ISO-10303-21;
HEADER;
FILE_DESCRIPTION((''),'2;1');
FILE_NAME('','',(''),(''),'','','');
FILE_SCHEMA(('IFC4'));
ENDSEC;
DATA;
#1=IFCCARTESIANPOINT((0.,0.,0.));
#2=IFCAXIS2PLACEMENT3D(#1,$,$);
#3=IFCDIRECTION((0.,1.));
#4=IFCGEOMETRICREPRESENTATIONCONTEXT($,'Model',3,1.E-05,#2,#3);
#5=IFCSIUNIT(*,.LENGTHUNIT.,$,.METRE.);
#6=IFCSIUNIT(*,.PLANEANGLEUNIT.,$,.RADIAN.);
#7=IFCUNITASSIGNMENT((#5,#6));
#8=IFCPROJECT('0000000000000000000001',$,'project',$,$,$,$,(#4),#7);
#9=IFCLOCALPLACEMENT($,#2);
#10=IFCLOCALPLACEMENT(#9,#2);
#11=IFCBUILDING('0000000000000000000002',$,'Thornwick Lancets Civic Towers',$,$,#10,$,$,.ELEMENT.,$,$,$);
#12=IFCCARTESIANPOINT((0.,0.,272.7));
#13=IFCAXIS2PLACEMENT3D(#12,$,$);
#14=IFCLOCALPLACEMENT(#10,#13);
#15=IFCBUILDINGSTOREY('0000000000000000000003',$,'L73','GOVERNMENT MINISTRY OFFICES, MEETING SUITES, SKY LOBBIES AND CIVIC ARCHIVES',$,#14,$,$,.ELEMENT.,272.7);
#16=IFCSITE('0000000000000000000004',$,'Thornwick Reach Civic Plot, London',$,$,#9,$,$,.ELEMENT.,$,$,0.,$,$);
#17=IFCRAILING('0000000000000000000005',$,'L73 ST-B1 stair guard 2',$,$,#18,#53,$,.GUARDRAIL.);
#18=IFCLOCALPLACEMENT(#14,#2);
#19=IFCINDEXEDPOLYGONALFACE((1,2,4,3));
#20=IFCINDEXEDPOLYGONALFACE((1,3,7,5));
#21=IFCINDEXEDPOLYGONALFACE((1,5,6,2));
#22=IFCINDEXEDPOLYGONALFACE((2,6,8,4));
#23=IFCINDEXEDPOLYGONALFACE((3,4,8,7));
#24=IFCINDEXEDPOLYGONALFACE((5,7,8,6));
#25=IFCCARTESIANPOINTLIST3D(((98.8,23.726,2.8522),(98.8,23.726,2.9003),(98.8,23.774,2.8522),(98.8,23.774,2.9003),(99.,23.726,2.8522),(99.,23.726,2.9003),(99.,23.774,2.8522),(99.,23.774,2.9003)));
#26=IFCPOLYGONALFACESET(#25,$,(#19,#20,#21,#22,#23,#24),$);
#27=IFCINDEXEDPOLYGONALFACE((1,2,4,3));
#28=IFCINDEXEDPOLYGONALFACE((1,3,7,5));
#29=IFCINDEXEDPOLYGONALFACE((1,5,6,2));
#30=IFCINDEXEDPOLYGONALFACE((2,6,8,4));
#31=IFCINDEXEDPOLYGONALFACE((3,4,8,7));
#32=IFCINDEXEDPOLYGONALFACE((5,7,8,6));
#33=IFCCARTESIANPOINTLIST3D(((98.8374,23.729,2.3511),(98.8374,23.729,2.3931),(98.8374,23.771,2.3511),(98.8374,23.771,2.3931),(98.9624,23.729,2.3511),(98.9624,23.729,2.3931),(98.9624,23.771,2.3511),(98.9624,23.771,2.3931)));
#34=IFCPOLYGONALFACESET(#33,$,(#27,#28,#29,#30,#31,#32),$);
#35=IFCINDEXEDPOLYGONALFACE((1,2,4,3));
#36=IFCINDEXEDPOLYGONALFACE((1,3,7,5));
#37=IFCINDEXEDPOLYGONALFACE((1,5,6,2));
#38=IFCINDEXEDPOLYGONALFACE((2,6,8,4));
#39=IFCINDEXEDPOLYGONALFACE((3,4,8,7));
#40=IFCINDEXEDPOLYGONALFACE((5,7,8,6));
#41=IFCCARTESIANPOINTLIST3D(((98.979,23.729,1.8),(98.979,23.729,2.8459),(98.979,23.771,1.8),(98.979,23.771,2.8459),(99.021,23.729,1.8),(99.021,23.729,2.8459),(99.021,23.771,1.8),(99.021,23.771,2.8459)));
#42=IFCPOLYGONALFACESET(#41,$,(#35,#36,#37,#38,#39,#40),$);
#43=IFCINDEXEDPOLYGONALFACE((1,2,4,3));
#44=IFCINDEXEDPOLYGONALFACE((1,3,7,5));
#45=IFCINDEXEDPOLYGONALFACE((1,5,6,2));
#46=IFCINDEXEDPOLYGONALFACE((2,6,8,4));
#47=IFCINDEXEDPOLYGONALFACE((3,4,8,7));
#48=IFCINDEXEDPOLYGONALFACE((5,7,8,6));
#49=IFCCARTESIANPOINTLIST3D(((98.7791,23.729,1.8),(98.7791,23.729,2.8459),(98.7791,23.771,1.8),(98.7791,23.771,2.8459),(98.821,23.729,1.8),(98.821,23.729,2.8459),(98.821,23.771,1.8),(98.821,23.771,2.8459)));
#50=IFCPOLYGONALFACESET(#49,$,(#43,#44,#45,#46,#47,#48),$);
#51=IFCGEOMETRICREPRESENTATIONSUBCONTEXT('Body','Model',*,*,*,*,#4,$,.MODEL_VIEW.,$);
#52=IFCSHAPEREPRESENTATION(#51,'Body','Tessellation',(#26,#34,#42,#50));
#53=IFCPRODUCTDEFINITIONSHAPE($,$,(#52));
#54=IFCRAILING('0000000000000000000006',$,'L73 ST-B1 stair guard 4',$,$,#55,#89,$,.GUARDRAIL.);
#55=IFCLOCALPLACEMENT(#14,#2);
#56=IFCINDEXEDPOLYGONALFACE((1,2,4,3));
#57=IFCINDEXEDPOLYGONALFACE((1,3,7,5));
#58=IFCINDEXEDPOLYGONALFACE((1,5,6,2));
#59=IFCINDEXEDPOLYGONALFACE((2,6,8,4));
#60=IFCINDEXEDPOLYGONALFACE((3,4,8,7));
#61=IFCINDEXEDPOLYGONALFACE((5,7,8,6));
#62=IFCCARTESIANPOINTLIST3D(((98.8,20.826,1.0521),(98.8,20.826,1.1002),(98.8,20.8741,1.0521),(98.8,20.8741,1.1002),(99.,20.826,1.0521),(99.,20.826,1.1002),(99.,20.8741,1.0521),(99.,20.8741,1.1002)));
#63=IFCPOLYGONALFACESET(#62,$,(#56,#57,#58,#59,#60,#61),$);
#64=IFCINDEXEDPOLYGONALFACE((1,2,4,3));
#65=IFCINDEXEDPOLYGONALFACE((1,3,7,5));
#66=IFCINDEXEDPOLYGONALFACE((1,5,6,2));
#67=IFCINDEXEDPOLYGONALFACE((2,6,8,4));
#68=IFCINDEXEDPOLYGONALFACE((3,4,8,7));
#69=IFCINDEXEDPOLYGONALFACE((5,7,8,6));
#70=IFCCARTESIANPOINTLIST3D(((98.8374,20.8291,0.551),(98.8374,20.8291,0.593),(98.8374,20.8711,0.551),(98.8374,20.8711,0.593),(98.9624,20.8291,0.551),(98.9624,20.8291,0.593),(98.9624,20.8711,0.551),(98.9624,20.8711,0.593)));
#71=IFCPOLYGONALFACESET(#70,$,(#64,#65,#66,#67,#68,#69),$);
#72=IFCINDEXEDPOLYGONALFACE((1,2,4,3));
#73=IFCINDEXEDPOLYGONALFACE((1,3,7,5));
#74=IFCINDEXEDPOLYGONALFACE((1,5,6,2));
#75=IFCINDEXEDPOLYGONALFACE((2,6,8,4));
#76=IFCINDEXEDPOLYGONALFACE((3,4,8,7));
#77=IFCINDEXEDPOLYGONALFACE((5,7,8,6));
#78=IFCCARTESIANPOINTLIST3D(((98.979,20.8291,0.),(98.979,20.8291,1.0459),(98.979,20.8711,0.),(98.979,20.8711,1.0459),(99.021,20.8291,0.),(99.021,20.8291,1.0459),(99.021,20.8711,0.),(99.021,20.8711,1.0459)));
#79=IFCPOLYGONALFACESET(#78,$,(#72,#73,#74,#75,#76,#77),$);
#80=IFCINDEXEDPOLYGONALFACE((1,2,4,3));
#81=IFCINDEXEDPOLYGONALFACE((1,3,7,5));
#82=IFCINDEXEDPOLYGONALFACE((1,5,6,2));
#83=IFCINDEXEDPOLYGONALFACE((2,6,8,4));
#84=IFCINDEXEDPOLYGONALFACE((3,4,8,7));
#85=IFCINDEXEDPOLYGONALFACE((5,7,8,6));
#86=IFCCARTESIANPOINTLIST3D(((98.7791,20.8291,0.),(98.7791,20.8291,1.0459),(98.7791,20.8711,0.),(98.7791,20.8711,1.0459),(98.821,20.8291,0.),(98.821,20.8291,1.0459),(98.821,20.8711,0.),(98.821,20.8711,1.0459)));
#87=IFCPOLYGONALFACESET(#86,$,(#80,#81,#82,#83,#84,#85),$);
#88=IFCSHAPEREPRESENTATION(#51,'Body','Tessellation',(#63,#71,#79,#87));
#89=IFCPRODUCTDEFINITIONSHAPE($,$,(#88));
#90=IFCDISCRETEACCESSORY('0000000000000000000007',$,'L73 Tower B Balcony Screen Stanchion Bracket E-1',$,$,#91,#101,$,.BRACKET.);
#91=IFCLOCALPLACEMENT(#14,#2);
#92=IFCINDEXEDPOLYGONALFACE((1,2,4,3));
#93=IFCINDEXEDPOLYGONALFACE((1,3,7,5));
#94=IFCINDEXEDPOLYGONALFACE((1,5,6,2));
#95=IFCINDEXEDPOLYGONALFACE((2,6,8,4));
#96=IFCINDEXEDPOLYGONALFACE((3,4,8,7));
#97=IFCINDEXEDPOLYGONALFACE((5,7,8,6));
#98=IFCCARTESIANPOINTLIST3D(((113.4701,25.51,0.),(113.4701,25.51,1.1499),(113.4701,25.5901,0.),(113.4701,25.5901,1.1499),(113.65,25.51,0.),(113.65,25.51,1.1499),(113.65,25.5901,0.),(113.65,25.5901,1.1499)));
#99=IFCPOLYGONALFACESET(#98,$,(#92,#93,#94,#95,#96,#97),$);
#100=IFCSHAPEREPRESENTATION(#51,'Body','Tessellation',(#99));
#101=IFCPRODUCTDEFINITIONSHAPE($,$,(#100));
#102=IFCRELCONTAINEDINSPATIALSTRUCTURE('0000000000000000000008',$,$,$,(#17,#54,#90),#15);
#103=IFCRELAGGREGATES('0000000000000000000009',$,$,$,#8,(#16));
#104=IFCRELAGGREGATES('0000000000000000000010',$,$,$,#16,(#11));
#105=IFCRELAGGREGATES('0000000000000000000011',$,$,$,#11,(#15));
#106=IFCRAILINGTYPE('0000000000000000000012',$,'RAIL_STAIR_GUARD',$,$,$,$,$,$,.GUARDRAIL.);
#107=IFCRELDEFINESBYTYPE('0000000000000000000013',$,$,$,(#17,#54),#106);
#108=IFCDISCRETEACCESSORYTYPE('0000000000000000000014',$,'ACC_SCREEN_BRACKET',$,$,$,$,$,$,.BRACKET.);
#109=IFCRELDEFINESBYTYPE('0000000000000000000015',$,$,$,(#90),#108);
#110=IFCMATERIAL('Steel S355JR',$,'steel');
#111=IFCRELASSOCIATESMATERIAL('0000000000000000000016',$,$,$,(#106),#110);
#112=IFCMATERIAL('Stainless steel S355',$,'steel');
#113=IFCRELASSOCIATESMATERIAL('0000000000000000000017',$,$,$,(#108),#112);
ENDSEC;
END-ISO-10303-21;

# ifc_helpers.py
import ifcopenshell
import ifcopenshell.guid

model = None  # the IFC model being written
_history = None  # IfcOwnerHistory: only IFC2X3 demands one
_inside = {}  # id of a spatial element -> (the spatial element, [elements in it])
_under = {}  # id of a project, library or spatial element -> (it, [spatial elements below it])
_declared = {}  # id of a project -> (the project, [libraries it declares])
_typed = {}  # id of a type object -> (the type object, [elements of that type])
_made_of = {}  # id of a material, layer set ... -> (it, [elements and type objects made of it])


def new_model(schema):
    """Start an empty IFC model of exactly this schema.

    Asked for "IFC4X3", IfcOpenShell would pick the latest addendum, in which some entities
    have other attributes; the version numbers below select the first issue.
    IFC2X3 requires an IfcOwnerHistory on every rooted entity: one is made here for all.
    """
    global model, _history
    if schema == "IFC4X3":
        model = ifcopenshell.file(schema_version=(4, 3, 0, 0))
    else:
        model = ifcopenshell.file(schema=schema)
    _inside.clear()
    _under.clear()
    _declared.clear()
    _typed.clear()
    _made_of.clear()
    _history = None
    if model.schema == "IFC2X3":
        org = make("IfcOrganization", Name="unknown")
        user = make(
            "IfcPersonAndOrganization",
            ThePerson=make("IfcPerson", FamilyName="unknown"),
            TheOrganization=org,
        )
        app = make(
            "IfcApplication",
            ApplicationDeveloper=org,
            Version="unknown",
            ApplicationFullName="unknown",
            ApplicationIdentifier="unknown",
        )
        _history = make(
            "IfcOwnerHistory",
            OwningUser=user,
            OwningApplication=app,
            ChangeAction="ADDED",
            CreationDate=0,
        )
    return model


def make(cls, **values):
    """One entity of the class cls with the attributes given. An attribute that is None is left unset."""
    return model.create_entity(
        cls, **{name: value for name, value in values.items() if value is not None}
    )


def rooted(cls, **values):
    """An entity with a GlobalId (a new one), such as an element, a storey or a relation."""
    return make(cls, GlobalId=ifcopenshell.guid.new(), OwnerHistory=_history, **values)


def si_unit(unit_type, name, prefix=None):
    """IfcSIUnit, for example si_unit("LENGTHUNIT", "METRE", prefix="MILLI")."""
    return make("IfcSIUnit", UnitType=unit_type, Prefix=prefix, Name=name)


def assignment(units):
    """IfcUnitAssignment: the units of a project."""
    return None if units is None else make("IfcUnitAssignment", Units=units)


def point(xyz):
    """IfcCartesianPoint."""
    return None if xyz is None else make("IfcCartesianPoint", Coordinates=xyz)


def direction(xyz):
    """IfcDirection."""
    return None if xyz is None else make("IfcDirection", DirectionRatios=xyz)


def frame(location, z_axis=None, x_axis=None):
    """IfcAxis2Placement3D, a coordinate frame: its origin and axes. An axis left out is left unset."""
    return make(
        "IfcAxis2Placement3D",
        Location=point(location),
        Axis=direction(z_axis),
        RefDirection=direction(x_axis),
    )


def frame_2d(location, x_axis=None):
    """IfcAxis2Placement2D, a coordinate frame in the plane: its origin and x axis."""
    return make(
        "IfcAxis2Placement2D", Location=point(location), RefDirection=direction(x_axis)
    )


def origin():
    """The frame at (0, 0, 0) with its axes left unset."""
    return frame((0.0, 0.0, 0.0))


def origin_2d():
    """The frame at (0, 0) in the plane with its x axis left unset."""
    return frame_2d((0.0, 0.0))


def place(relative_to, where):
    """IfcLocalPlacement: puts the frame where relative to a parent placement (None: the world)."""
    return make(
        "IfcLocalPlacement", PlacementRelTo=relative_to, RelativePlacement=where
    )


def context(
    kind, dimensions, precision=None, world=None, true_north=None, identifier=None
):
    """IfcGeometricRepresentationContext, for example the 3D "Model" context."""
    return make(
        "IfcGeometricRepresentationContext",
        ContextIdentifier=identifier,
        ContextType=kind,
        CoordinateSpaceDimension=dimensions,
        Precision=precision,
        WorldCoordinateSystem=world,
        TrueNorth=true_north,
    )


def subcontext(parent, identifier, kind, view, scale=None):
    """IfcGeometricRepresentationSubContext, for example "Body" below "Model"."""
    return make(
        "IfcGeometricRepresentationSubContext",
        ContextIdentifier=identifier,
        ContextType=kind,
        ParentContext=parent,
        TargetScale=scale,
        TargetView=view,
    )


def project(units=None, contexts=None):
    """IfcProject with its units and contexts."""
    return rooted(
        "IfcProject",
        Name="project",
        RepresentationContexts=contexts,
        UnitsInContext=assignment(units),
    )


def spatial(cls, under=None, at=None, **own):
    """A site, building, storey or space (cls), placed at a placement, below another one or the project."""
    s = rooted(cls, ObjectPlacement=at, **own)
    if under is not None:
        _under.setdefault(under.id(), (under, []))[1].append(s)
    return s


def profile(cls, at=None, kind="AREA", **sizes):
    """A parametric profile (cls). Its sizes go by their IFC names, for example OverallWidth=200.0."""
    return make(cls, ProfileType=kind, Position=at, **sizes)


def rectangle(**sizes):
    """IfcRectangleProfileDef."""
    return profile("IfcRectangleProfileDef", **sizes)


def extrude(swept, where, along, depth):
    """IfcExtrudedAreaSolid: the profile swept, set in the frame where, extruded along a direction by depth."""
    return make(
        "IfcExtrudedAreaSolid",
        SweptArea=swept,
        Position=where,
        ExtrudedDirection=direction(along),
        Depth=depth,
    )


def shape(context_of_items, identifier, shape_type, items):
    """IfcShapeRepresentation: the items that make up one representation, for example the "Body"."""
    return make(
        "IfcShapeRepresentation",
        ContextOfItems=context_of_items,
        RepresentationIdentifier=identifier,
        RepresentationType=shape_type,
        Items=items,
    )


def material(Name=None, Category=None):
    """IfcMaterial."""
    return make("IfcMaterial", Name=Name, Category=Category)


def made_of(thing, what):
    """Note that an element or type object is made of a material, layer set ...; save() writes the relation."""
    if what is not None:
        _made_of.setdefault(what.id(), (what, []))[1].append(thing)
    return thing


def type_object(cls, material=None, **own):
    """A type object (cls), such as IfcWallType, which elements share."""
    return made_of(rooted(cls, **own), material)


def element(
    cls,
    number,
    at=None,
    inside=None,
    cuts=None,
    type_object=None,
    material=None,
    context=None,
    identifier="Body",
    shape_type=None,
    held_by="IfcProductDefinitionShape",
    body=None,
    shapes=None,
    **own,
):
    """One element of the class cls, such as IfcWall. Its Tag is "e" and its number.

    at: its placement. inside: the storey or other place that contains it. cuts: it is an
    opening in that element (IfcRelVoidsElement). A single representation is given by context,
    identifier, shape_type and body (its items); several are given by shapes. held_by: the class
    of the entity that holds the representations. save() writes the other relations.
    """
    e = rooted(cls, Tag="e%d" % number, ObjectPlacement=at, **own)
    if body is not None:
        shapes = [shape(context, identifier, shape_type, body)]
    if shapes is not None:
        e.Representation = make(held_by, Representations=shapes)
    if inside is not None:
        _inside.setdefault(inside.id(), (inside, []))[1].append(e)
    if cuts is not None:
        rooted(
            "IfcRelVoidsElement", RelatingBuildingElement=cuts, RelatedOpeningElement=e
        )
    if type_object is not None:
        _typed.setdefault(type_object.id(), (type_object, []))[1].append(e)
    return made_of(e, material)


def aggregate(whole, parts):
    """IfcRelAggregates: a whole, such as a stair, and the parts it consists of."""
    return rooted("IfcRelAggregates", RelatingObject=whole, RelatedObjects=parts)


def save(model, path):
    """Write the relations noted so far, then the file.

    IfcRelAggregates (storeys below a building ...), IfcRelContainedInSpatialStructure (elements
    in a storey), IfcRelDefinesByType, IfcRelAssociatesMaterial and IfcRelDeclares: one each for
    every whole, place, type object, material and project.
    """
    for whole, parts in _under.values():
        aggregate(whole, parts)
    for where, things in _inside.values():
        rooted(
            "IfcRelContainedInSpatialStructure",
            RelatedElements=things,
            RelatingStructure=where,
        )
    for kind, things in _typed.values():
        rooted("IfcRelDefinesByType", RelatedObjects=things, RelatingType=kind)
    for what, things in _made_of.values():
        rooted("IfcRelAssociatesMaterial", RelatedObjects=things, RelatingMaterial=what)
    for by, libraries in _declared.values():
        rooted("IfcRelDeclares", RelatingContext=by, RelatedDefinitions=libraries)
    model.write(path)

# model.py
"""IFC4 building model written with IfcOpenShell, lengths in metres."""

from ifc_helpers import new_model, si_unit, direction, frame, origin, origin_2d, place, context, subcontext, project, spatial, rectangle, extrude, material, type_object, element, save


model = new_model("IFC4")

# Units and contexts
model_context = context("Model", 3, precision=1e-05, world=origin(), true_north=direction((0.0, 1.0)))
body_context = subcontext(model_context, "Body", "Model", "MODEL_VIEW")
ifc_project = project(units=[si_unit("LENGTHUNIT", "METRE"), si_unit("PLANEANGLEUNIT", "RADIAN")], contexts=[model_context])

# Site, building, storey
site_placement = place(None, origin())
site = spatial("IfcSite", under=ifc_project, at=site_placement, Name="Thornwick Reach Civic Plot, London", CompositionType="ELEMENT", RefElevation=0.0)
building_placement = place(site_placement, origin())
building = spatial("IfcBuilding", under=site, at=building_placement, Name="Thornwick Lancets Civic Towers", CompositionType="ELEMENT")
storey_placement = place(building_placement, frame((0.0, 0.0, 272.7)))
storey = spatial("IfcBuildingStorey", under=building, at=storey_placement, Name="L73", Description="GOVERNMENT MINISTRY OFFICES, MEETING SUITES, SKY LOBBIES AND CIVIC ARCHIVES", CompositionType="ELEMENT", Elevation=272.7)

# Shared definitions
ifc_material_1 = material(Name="Steel S355JR", Category="steel")

# Railings
railing_type_1 = type_object("IfcRailingType", Name="RAIL_STAIR_GUARD", PredefinedType="GUARDRAIL", material=ifc_material_1)
for number, where, name in (
    (1, (99.0, 23.75, 1.8), "L73 ST-B1 stair guard 2"),
    (2, (99.0, 20.8501, 0.0), "L73 ST-B1 stair guard 4"),
):
    element("IfcRailing", number, at=place(storey_placement, frame(where)), inside=storey, type_object=railing_type_1, Name=name, PredefinedType="GUARDRAIL", context=body_context, shape_type="SweptSolid", body=[
        extrude(rectangle(XDim=0.0481, YDim=0.0481, at=origin_2d()), frame((0.0, 0.0, 1.0762), z_axis=(-1.0, 0.0, 0.0), x_axis=(0.0, -1.0, 0.0)), (0.0, 0.0, 1.0), 0.2),
        extrude(rectangle(XDim=0.042, YDim=0.042, at=origin_2d()), frame((-0.0376, 0.0, 0.572), z_axis=(-1.0, 0.0, 0.0), x_axis=(0.0, -1.0, 0.0)), (0.0, 0.0, 1.0), 0.125),
        extrude(rectangle(XDim=0.042, YDim=0.042, at=origin_2d()), origin(), (0.0, 0.0, 1.0), 1.0459),
        extrude(rectangle(XDim=0.042, YDim=0.042, at=origin_2d()), frame((-0.2, 0.0, 0.0)), (0.0, 0.0, 1.0), 1.0459),
    ])

# Discrete accessory
ifc_material_2 = material(Name="Stainless steel S355", Category="steel")
discrete_accessory_type = type_object("IfcDiscreteAccessoryType", Name="ACC_SCREEN_BRACKET", PredefinedType="BRACKET", material=ifc_material_2)
discrete_accessory_placement = place(storey_placement, frame((113.5601, 25.55, 0.0), z_axis=(0.0, 0.0, 1.0), x_axis=(0.0, 1.0, 0.0)))
element("IfcDiscreteAccessory", 3, at=discrete_accessory_placement, inside=storey, type_object=discrete_accessory_type, Name="L73 Tower B Balcony Screen Stanchion Bracket E-1", PredefinedType="BRACKET", context=body_context, shape_type="SweptSolid", body=[
    extrude(rectangle(XDim=0.0801, YDim=0.1799, at=origin_2d()), origin(), (0.0, 0.0, 1.0), 1.1499),
])

save(model, "model.ifc")
